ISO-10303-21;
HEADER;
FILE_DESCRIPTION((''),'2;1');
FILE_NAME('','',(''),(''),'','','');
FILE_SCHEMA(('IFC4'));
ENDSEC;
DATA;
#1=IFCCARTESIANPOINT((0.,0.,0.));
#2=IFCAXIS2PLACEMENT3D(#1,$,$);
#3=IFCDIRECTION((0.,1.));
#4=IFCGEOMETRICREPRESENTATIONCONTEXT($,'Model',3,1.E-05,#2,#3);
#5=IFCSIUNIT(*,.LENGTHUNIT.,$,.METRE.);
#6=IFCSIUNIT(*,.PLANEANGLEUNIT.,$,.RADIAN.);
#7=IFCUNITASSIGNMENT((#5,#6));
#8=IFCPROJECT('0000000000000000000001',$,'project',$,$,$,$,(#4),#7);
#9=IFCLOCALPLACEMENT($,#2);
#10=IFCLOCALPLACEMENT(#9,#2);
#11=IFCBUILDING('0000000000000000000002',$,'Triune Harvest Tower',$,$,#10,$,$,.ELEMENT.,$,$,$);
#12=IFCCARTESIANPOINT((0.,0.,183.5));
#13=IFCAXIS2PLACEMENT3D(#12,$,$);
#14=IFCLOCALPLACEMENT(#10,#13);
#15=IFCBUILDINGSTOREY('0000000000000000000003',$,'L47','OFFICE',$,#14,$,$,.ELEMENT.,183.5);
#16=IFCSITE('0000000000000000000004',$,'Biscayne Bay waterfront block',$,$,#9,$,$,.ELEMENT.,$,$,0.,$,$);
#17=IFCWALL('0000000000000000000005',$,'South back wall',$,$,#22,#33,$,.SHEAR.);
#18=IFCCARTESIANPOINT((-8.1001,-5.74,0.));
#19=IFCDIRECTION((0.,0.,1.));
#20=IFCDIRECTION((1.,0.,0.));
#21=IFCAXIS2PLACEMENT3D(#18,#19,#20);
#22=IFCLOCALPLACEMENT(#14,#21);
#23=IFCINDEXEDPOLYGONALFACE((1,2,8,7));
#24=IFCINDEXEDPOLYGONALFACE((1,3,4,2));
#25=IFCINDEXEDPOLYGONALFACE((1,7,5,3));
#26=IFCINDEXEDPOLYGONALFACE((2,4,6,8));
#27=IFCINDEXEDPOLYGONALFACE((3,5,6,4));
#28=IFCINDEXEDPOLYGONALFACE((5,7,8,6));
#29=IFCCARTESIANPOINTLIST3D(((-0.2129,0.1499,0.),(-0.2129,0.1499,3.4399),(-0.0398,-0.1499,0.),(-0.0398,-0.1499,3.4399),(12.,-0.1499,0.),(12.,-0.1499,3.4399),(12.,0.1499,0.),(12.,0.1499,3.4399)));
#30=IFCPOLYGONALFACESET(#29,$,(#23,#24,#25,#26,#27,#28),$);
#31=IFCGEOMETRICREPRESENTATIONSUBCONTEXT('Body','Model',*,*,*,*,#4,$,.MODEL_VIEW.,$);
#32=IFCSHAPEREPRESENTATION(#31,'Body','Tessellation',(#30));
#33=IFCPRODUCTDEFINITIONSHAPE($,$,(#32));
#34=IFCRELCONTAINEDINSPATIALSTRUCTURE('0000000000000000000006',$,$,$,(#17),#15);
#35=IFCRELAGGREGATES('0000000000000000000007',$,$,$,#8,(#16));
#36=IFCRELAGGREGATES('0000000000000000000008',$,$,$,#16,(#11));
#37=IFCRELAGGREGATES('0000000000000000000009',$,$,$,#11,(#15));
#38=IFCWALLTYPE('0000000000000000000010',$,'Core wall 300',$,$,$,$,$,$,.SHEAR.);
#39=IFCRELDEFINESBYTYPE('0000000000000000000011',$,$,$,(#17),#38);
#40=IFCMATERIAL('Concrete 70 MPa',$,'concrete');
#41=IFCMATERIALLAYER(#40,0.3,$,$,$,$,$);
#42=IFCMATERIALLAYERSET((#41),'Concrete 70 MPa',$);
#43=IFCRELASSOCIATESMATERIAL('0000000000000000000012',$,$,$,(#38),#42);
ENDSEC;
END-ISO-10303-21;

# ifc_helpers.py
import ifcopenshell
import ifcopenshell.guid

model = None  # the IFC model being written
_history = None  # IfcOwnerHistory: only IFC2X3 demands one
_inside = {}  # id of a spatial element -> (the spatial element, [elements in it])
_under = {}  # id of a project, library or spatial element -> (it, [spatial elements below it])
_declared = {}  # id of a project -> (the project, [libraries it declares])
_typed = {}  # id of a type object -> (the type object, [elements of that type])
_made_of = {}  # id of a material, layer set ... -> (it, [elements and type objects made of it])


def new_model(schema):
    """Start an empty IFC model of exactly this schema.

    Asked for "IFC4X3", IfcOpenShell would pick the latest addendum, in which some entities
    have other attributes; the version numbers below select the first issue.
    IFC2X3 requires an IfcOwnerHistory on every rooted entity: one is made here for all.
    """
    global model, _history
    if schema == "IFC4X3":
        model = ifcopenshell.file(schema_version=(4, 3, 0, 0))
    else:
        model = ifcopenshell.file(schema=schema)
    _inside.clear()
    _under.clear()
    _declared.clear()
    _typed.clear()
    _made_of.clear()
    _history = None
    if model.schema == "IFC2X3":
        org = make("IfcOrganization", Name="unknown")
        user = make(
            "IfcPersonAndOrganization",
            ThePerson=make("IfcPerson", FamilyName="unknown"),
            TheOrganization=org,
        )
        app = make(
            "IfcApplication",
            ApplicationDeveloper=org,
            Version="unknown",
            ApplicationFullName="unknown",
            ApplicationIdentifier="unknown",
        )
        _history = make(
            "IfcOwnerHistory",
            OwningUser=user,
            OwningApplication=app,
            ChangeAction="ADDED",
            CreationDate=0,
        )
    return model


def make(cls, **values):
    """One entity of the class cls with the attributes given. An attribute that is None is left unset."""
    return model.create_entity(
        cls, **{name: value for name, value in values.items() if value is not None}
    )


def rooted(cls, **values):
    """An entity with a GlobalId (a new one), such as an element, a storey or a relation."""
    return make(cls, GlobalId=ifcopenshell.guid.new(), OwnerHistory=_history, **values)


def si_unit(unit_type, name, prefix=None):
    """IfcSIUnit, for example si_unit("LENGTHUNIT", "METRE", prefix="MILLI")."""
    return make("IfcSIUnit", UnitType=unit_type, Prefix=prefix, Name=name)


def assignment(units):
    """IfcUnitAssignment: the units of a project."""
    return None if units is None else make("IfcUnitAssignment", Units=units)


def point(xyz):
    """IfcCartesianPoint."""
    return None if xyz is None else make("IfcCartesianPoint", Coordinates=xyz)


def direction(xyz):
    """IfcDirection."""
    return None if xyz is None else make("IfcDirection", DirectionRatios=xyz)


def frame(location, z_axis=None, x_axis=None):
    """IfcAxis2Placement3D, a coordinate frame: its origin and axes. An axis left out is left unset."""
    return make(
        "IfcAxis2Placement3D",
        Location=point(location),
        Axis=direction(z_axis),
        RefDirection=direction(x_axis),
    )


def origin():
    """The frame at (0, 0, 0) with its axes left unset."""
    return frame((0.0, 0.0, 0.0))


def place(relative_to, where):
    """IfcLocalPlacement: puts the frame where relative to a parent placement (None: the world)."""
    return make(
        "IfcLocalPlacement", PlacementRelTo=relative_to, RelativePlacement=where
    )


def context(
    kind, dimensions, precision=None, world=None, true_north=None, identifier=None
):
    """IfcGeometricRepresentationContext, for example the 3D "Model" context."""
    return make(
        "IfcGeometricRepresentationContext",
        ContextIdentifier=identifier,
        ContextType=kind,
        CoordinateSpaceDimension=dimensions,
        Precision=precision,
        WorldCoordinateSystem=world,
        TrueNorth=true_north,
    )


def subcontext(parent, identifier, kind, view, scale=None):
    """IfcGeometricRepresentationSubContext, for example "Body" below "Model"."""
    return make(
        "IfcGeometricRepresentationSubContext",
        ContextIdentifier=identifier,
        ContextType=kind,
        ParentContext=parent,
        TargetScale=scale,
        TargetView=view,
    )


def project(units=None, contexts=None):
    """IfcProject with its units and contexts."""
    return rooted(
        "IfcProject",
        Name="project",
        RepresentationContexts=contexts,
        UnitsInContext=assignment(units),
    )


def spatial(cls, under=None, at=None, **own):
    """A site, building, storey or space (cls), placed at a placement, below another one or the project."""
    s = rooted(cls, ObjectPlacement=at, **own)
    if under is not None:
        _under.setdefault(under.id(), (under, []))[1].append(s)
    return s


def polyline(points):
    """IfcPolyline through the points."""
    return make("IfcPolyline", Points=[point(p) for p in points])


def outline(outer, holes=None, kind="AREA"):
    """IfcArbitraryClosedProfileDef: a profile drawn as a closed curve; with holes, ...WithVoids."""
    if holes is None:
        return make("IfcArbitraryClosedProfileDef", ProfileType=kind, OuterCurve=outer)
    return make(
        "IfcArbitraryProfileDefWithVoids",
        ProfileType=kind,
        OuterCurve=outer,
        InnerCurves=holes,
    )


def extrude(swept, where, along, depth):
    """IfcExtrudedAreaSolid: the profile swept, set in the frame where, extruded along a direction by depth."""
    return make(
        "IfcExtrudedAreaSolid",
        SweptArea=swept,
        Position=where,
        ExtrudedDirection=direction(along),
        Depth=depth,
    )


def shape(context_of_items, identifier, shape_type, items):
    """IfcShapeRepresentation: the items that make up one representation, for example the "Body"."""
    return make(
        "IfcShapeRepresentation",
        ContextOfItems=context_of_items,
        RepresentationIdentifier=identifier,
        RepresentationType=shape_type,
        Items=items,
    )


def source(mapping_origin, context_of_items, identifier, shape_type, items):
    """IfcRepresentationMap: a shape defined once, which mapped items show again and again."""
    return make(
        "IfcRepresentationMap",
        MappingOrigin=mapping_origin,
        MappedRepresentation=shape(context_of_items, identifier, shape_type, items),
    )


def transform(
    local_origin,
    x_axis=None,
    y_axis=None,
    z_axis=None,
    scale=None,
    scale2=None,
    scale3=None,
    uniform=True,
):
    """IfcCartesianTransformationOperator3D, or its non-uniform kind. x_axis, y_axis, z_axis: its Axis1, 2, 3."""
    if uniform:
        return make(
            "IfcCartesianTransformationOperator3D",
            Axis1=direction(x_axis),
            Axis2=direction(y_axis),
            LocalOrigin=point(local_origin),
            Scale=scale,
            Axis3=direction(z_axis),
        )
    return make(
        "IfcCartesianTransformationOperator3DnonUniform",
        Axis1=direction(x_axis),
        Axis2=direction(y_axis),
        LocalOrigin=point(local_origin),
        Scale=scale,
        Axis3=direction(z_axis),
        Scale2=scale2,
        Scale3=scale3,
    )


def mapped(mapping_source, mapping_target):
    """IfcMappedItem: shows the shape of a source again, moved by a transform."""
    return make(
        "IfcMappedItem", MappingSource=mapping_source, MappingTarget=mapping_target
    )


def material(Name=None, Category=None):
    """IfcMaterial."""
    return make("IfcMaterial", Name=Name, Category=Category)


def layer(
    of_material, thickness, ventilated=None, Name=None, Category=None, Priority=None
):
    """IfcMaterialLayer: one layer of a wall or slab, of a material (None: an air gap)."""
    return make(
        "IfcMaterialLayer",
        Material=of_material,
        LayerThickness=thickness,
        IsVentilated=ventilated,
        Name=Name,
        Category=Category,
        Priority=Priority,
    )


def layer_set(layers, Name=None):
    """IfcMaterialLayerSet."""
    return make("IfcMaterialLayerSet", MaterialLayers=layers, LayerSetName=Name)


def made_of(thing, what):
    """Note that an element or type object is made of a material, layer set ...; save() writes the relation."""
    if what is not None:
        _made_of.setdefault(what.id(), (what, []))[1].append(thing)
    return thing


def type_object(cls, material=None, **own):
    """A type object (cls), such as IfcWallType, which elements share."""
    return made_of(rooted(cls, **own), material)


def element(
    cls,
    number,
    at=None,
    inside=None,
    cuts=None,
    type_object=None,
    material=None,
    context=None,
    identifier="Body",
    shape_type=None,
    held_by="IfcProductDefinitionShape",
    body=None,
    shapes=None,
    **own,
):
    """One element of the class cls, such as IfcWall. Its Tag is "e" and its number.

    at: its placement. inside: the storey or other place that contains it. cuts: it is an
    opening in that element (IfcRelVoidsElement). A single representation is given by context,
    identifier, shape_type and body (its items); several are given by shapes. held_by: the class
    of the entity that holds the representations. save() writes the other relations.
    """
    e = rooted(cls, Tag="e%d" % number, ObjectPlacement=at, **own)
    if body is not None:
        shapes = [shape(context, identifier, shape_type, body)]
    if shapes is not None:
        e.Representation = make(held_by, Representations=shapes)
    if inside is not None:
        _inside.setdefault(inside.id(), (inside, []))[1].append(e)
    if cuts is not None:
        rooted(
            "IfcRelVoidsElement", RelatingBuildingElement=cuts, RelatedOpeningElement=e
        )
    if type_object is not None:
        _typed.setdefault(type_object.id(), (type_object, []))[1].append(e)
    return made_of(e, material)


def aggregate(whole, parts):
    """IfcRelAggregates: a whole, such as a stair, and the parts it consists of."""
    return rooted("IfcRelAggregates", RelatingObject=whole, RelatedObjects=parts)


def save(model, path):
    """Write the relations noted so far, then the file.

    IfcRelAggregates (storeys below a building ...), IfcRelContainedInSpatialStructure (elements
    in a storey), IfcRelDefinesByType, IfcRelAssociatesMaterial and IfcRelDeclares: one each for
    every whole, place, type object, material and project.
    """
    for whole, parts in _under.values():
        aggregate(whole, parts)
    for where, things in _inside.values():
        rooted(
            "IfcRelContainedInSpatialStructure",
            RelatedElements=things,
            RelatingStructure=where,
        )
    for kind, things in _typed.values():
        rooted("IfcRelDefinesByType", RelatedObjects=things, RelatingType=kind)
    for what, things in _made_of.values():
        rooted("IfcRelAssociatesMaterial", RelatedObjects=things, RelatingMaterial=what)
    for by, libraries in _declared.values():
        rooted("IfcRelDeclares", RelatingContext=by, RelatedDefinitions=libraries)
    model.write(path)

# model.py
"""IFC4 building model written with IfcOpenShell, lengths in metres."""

from ifc_helpers import new_model, si_unit, direction, frame, origin, place, context, subcontext, project, spatial, polyline, outline, extrude, source, transform, mapped, material, layer, layer_set, type_object, element, save


model = new_model("IFC4")

# Units and contexts
model_context = context("Model", 3, precision=1e-05, world=origin(), true_north=direction((0.0, 1.0)))
body_context = subcontext(model_context, "Body", "Model", "MODEL_VIEW")
ifc_project = project(units=[si_unit("LENGTHUNIT", "METRE"), si_unit("PLANEANGLEUNIT", "RADIAN")], contexts=[model_context])

# Site, building, storey
site_placement = place(None, origin())
site = spatial("IfcSite", under=ifc_project, at=site_placement, Name="Biscayne Bay waterfront block", CompositionType="ELEMENT", RefElevation=0.0)
building_placement = place(site_placement, origin())
building = spatial("IfcBuilding", under=site, at=building_placement, Name="Triune Harvest Tower", CompositionType="ELEMENT")
storey_placement = place(building_placement, frame((0.0, 0.0, 183.5)))
storey = spatial("IfcBuildingStorey", under=building, at=storey_placement, Name="L47", Description="OFFICE", CompositionType="ELEMENT", Elevation=183.5)

# Wall
ifc_material_1 = material(Name="Concrete 70 MPa", Category="concrete")
ifc_layer_1 = layer(ifc_material_1, 0.3)
ifc_layer_set_1 = layer_set([ifc_layer_1], Name="Concrete 70 MPa")
wall_type_1 = type_object("IfcWallType", Name="Core wall 300", PredefinedType="SHEAR", material=ifc_layer_set_1)
shared_shape_1 = source(origin(), body_context, "Body", "SweptSolid", [
    extrude(outline(polyline([(12.0, -0.1499), (-0.0398, -0.1499), (-0.2129, 0.1499), (12.0, 0.1499), (12.0, -0.1499)])), origin(), (0.0, 0.0, 1.0), 3.4399),
])
wall_1_placement = place(storey_placement, frame((-8.1001, -5.74, 0.0), z_axis=(0.0, 0.0, 1.0), x_axis=(1.0, 0.0, 0.0)))
element("IfcWall", 1, at=wall_1_placement, inside=storey, type_object=wall_type_1, Name="South back wall", PredefinedType="SHEAR", context=body_context, shape_type="MappedRepresentation", body=[
    mapped(shared_shape_1, transform((0.0, 0.0, 0.0), scale=1.0)),
])

save(model, "model.ifc")
